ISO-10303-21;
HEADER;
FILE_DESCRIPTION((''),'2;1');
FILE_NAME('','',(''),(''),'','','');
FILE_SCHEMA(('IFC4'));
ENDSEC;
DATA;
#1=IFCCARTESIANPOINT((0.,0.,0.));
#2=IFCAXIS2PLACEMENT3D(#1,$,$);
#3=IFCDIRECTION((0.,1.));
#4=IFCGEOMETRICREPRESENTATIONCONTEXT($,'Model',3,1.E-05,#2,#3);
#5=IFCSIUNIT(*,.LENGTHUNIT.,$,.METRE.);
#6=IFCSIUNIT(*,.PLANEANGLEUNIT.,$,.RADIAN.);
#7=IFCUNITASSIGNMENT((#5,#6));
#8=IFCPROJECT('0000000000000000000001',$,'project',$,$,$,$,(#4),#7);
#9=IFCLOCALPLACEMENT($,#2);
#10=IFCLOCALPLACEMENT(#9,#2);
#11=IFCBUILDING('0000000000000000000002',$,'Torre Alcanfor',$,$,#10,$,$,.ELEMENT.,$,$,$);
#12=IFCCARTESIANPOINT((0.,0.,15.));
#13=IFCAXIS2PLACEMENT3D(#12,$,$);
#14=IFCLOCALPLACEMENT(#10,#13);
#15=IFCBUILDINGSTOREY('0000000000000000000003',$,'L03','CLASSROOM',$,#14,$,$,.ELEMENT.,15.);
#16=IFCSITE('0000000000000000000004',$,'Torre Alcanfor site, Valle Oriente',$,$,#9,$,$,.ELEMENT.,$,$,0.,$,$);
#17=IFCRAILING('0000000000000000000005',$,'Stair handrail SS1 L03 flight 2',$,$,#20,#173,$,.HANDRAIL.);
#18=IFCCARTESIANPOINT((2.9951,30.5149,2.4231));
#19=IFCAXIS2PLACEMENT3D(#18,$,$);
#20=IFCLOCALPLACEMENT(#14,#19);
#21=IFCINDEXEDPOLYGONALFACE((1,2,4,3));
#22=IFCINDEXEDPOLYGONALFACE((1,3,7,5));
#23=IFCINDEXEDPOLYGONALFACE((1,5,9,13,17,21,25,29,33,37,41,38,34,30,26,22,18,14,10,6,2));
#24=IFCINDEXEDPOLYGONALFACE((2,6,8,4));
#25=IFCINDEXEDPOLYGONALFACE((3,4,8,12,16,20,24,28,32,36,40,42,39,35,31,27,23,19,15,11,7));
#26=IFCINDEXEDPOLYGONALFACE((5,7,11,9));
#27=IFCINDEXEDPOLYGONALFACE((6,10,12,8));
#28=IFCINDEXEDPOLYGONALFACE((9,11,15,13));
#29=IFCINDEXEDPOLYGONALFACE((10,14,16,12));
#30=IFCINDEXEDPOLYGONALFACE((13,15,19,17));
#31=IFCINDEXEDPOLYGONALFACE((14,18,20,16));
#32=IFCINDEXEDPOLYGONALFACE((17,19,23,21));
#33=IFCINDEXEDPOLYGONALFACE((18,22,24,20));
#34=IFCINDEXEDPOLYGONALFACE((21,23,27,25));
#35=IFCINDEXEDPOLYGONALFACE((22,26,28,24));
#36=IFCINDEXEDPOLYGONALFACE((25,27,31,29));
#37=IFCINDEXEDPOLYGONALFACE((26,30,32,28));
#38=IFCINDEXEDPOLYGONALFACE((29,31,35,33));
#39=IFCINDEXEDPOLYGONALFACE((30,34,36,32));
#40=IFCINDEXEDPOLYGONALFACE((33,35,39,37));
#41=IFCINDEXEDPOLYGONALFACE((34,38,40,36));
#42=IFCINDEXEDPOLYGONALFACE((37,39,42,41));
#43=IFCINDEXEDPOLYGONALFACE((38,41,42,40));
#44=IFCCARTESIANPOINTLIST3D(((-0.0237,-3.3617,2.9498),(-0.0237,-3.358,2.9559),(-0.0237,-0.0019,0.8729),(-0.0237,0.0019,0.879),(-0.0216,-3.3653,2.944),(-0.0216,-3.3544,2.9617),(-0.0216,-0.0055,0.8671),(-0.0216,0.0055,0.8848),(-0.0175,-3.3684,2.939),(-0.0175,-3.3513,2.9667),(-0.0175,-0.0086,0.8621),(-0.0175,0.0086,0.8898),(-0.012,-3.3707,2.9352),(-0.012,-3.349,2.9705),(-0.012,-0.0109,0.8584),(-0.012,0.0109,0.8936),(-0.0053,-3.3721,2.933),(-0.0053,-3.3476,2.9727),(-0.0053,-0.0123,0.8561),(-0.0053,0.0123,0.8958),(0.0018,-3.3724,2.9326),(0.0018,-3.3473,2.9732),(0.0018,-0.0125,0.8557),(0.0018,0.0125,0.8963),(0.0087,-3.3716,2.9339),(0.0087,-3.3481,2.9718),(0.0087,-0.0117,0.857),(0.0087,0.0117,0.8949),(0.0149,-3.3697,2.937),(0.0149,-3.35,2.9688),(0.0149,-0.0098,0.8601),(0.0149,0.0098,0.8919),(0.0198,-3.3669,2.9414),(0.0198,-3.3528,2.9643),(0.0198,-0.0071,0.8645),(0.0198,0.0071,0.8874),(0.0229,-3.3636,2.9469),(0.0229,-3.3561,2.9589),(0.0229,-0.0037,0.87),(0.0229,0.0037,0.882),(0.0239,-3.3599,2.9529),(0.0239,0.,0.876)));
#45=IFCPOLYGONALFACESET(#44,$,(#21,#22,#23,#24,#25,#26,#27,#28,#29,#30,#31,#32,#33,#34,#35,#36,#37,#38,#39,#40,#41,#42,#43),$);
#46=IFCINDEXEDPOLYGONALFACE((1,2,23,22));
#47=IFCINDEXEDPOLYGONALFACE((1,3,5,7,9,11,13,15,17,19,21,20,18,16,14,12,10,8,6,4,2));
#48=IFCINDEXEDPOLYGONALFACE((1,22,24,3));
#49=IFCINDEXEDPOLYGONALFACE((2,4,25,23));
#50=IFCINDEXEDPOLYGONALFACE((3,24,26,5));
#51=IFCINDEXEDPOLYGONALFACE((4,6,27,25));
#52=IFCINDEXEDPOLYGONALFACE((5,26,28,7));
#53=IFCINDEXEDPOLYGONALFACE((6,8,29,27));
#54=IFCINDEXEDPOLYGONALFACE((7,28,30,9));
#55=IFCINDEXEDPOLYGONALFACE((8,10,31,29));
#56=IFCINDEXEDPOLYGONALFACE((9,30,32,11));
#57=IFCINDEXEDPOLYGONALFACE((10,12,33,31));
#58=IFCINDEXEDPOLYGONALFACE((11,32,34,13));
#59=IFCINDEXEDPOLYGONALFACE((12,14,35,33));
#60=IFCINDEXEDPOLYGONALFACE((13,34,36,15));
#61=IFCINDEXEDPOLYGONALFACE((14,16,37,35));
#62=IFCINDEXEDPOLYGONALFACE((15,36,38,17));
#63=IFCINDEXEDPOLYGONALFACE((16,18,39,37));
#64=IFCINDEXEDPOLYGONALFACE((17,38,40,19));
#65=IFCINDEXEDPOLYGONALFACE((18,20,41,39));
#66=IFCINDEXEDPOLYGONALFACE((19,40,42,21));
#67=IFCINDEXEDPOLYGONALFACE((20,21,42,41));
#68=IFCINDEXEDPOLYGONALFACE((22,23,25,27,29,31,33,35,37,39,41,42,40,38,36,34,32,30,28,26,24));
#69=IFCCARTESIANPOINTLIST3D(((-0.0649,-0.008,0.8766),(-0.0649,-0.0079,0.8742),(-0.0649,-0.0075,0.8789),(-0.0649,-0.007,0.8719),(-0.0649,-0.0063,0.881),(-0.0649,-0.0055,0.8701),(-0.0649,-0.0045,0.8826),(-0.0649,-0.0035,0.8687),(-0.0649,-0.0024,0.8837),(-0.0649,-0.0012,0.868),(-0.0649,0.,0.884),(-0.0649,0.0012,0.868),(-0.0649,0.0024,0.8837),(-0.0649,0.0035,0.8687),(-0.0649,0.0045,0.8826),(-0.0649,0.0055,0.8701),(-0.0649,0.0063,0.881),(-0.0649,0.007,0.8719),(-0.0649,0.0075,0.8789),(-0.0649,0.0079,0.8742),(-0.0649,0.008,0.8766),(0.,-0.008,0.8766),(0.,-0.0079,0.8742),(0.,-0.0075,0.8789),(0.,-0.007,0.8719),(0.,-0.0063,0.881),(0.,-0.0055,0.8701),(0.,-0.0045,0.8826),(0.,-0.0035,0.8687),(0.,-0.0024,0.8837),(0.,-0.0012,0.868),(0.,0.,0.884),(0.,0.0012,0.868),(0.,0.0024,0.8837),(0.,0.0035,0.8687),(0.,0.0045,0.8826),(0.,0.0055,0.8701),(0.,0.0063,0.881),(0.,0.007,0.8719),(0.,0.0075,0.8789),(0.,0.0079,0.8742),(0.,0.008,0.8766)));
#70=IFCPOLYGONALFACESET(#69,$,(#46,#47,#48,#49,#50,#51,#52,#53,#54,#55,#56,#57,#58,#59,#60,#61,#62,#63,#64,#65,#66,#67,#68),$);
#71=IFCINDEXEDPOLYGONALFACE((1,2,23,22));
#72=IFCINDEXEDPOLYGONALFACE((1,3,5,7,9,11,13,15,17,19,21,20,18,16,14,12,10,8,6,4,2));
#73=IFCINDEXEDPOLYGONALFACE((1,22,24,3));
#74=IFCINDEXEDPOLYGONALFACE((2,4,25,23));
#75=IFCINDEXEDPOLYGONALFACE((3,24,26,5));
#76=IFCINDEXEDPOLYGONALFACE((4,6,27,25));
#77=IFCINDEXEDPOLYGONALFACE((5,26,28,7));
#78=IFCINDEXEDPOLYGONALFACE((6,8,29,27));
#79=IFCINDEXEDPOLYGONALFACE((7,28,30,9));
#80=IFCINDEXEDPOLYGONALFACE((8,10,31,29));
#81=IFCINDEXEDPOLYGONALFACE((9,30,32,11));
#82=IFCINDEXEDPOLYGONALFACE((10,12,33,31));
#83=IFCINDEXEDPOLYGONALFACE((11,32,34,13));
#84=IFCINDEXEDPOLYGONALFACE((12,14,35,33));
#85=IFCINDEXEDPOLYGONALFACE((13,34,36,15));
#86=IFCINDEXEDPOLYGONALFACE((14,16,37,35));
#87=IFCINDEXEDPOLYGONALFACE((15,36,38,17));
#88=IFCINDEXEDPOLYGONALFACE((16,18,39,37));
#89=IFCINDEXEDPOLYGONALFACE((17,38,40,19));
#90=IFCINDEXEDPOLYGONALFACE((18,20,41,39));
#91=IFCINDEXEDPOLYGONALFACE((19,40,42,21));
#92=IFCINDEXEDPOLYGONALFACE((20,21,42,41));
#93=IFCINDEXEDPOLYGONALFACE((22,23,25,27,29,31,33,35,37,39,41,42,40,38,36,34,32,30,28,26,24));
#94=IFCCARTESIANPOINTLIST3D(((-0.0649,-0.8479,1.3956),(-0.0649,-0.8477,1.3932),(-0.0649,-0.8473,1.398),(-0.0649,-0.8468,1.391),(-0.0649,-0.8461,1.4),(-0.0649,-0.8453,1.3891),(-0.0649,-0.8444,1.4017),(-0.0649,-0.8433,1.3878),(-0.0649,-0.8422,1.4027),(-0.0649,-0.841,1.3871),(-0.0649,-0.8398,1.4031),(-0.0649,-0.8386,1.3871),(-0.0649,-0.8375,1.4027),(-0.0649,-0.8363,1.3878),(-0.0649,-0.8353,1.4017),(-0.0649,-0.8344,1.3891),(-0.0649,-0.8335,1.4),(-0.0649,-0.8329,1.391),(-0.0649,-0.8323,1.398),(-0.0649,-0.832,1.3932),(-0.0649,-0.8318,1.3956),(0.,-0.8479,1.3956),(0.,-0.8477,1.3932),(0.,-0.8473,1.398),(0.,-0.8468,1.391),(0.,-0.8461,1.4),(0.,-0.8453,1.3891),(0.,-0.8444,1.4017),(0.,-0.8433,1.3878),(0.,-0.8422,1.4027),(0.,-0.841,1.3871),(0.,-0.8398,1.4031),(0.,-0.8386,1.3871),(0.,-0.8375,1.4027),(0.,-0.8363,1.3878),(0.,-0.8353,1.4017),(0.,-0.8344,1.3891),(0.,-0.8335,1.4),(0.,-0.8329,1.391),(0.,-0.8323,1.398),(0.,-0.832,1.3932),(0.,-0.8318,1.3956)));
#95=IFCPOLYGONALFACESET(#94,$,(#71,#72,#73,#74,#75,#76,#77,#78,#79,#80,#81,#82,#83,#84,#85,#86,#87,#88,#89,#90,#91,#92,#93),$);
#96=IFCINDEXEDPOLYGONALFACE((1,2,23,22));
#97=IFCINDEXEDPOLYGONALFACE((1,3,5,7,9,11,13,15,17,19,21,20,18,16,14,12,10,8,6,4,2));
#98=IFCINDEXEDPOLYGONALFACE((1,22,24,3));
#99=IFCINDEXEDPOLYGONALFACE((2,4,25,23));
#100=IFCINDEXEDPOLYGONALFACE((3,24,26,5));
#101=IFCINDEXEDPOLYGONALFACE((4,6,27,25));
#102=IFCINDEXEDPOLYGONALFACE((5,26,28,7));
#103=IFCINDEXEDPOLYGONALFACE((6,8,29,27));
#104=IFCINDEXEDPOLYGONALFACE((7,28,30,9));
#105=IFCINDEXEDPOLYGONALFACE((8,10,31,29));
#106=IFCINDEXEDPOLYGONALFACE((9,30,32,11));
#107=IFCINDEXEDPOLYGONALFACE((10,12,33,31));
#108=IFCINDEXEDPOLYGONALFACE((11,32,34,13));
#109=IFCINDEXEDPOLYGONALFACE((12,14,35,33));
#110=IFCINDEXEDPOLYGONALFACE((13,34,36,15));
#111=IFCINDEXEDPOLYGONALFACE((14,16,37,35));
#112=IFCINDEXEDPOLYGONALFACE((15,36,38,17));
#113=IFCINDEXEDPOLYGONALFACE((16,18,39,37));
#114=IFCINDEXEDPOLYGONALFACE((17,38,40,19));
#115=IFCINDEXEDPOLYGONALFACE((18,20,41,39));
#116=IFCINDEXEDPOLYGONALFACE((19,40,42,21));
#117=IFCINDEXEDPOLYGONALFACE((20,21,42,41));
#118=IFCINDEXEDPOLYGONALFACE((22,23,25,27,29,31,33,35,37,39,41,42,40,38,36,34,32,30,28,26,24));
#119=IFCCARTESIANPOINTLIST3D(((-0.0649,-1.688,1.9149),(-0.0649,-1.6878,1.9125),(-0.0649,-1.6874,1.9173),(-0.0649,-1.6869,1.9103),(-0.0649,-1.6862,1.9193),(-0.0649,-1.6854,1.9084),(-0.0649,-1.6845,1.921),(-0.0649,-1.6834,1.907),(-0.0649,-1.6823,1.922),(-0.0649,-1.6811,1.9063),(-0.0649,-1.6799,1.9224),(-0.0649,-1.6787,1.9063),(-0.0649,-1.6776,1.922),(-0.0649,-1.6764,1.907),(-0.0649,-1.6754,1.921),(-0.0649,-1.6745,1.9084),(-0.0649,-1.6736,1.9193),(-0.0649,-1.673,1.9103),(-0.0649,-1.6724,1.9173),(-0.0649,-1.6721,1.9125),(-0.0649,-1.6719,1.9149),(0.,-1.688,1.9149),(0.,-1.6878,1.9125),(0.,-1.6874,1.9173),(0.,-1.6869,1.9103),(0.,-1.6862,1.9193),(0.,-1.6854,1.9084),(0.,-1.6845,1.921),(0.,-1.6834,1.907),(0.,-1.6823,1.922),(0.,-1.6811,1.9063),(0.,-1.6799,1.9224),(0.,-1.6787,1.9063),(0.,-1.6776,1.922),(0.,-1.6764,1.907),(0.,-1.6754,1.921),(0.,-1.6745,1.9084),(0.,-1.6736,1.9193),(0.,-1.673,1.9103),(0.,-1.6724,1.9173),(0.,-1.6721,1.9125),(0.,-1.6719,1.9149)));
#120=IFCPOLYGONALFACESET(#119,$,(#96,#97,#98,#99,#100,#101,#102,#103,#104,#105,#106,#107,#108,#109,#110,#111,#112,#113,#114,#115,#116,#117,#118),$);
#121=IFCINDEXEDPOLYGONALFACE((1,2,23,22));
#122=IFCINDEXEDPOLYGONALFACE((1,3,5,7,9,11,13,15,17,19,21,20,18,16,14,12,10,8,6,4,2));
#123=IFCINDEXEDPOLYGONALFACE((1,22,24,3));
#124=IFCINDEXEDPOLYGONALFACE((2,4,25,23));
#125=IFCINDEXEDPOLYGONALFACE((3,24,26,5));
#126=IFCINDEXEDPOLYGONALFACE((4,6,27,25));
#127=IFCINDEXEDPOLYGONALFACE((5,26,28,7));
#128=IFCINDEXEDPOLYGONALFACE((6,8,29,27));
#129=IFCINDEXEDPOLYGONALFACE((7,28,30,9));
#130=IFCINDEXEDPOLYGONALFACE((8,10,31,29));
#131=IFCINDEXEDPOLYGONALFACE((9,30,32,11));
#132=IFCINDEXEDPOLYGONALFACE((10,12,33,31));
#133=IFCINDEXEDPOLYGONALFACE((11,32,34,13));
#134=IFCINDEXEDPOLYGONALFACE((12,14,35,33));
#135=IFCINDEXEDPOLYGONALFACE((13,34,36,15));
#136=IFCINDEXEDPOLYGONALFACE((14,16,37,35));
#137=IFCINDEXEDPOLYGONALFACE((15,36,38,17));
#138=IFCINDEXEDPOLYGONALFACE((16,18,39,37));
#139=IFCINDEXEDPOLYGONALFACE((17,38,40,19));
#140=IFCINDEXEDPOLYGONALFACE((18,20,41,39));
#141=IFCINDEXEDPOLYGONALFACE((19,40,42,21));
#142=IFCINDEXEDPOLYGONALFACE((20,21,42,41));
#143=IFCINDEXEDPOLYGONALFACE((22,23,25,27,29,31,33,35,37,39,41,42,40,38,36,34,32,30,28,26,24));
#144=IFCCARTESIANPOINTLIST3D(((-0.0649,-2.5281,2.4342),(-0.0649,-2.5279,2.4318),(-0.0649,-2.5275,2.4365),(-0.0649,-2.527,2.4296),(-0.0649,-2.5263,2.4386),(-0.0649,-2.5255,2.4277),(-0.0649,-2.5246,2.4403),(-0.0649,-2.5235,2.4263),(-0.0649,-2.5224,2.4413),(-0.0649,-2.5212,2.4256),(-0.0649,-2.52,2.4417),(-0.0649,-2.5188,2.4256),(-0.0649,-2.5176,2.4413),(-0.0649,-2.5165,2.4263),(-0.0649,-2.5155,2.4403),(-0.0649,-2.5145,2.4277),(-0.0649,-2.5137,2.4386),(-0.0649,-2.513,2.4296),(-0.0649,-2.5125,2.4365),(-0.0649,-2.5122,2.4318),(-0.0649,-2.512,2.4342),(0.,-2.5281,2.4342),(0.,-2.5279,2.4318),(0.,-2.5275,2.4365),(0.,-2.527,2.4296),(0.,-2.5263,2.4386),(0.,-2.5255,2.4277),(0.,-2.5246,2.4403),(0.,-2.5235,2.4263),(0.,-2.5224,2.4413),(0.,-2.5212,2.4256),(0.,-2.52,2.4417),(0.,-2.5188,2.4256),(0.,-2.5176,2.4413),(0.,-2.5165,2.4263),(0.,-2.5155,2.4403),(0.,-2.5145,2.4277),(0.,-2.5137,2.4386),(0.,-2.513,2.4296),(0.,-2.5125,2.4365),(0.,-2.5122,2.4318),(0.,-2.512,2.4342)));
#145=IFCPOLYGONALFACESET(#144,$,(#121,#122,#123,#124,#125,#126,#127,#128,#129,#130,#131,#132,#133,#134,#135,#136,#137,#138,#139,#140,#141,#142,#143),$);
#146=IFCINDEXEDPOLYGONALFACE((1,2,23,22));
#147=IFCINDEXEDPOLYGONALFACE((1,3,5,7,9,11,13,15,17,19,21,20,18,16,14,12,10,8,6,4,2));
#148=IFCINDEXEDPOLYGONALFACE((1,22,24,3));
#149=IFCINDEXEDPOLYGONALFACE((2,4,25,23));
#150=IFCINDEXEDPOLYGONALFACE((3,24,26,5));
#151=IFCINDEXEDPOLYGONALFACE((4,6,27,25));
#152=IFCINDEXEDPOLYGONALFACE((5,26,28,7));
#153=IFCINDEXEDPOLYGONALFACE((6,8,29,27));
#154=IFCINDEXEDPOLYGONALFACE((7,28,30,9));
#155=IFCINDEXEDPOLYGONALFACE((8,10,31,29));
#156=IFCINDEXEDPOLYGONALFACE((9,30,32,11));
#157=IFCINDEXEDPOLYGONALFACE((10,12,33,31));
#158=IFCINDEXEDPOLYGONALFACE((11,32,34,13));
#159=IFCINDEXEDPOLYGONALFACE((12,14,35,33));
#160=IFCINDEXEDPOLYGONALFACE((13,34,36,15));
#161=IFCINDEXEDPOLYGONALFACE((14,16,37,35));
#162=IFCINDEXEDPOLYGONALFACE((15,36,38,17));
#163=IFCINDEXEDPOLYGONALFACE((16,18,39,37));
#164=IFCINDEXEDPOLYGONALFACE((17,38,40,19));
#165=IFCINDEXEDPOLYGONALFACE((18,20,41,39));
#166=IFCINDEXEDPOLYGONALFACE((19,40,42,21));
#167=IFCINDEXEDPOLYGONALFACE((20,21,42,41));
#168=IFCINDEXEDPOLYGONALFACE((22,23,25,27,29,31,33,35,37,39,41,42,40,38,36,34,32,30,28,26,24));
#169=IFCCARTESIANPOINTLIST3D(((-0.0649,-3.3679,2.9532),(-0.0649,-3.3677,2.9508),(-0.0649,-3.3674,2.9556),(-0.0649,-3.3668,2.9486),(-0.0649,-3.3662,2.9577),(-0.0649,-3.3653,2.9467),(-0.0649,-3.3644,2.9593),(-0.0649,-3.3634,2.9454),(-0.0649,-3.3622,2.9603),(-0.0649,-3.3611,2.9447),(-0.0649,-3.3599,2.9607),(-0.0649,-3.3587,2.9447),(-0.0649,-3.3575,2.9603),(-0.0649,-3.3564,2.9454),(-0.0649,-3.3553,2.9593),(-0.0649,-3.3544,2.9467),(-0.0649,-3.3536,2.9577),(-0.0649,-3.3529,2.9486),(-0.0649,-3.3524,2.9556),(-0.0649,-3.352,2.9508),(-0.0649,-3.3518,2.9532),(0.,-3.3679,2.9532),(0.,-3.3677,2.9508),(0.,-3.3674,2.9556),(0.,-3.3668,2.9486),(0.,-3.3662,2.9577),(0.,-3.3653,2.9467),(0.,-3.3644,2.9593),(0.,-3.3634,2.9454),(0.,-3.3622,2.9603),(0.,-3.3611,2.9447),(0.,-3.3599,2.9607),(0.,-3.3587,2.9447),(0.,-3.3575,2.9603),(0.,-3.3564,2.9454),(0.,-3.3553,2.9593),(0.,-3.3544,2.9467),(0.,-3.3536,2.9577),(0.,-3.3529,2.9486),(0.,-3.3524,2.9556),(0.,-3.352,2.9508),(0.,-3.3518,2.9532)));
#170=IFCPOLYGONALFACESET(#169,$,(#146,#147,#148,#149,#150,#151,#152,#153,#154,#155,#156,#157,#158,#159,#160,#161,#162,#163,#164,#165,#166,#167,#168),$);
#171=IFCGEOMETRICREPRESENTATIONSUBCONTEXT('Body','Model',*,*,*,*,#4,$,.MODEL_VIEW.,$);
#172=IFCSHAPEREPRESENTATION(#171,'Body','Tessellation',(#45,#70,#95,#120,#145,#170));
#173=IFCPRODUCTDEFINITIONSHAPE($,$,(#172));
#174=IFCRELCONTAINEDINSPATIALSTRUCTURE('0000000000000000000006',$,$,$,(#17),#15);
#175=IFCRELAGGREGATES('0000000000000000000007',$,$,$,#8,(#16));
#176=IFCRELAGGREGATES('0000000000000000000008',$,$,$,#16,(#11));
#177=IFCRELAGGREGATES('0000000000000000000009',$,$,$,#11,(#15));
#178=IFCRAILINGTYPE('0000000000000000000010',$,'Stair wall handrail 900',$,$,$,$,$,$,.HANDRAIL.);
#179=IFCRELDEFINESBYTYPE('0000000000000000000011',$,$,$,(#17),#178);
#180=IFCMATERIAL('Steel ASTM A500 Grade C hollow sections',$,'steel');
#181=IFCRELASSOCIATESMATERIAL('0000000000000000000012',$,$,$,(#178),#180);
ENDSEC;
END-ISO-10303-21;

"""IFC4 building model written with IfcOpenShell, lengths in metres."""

from ifc_helpers import new_model, si_unit, direction, frame, origin, origin_2d, place, context, subcontext, project, spatial, circle, extrude, material, type_object, element, save


model = new_model("IFC4")

# Units and contexts
model_context = context("Model", 3, precision=1e-05, world=origin(), true_north=direction((0.0, 1.0)))
body_context = subcontext(model_context, "Body", "Model", "MODEL_VIEW")
ifc_project = project(units=[si_unit("LENGTHUNIT", "METRE"), si_unit("PLANEANGLEUNIT", "RADIAN")], contexts=[model_context])

# Site, building, storey
site_placement = place(None, origin())
site = spatial("IfcSite", under=ifc_project, at=site_placement, Name="Torre Alcanfor site, Valle Oriente", CompositionType="ELEMENT", RefElevation=0.0)
building_placement = place(site_placement, origin())
building = spatial("IfcBuilding", under=site, at=building_placement, Name="Torre Alcanfor", CompositionType="ELEMENT")
storey_placement = place(building_placement, frame((0.0, 0.0, 15.0)))
storey = spatial("IfcBuildingStorey", under=building, at=storey_placement, Name="L03", Description="CLASSROOM", CompositionType="ELEMENT", Elevation=15.0)

# Railing
ifc_material_1 = material(Name="Steel ASTM A500 Grade C hollow sections", Category="steel")
railing_type_1 = type_object("IfcRailingType", Name="Stair wall handrail 900", PredefinedType="HANDRAIL", material=ifc_material_1)
railing_1_placement = place(storey_placement, frame((2.9951, 30.5149, 2.4231)))
element("IfcRailing", 1, at=railing_1_placement, inside=storey, type_object=railing_type_1, Name="Stair handrail SS1 L03 flight 2", PredefinedType="HANDRAIL", context=body_context, shape_type="SweptSolid", body=[
    extrude(circle(Radius=0.0239, at=origin_2d()), frame((0.0, 0.0, 0.876), z_axis=(0.0, -0.850606, 0.525803), x_axis=(1.0, 0.0, 0.0)), (0.0, 0.0, 1.0), 3.95),
    extrude(circle(Radius=0.0081, at=origin_2d()), frame((0.0, 0.0, 0.876), z_axis=(-1.0, 0.0, 0.0), x_axis=(0.0, 0.0, 1.0)), (0.0, 0.0, 1.0), 0.0649),
    extrude(circle(Radius=0.0081, at=origin_2d()), frame((0.0, -0.8398, 1.395), z_axis=(-1.0, 0.0, 0.0), x_axis=(0.0, 0.0, 1.0)), (0.0, 0.0, 1.0), 0.0649),
    extrude(circle(Radius=0.0081, at=origin_2d()), frame((0.0, -1.6799, 1.9143), z_axis=(-1.0, 0.0, 0.0), x_axis=(0.0, 0.0, 1.0)), (0.0, 0.0, 1.0), 0.0649),
    extrude(circle(Radius=0.0081, at=origin_2d()), frame((0.0, -2.52, 2.4336), z_axis=(-1.0, 0.0, 0.0), x_axis=(0.0, 0.0, 1.0)), (0.0, 0.0, 1.0), 0.0649),
    extrude(circle(Radius=0.0081, at=origin_2d()), frame((0.0, -3.3599, 2.9526), z_axis=(-1.0, 0.0, 0.0), x_axis=(0.0, 0.0, 1.0)), (0.0, 0.0, 1.0), 0.0649),
])

save(model, "model.ifc")
